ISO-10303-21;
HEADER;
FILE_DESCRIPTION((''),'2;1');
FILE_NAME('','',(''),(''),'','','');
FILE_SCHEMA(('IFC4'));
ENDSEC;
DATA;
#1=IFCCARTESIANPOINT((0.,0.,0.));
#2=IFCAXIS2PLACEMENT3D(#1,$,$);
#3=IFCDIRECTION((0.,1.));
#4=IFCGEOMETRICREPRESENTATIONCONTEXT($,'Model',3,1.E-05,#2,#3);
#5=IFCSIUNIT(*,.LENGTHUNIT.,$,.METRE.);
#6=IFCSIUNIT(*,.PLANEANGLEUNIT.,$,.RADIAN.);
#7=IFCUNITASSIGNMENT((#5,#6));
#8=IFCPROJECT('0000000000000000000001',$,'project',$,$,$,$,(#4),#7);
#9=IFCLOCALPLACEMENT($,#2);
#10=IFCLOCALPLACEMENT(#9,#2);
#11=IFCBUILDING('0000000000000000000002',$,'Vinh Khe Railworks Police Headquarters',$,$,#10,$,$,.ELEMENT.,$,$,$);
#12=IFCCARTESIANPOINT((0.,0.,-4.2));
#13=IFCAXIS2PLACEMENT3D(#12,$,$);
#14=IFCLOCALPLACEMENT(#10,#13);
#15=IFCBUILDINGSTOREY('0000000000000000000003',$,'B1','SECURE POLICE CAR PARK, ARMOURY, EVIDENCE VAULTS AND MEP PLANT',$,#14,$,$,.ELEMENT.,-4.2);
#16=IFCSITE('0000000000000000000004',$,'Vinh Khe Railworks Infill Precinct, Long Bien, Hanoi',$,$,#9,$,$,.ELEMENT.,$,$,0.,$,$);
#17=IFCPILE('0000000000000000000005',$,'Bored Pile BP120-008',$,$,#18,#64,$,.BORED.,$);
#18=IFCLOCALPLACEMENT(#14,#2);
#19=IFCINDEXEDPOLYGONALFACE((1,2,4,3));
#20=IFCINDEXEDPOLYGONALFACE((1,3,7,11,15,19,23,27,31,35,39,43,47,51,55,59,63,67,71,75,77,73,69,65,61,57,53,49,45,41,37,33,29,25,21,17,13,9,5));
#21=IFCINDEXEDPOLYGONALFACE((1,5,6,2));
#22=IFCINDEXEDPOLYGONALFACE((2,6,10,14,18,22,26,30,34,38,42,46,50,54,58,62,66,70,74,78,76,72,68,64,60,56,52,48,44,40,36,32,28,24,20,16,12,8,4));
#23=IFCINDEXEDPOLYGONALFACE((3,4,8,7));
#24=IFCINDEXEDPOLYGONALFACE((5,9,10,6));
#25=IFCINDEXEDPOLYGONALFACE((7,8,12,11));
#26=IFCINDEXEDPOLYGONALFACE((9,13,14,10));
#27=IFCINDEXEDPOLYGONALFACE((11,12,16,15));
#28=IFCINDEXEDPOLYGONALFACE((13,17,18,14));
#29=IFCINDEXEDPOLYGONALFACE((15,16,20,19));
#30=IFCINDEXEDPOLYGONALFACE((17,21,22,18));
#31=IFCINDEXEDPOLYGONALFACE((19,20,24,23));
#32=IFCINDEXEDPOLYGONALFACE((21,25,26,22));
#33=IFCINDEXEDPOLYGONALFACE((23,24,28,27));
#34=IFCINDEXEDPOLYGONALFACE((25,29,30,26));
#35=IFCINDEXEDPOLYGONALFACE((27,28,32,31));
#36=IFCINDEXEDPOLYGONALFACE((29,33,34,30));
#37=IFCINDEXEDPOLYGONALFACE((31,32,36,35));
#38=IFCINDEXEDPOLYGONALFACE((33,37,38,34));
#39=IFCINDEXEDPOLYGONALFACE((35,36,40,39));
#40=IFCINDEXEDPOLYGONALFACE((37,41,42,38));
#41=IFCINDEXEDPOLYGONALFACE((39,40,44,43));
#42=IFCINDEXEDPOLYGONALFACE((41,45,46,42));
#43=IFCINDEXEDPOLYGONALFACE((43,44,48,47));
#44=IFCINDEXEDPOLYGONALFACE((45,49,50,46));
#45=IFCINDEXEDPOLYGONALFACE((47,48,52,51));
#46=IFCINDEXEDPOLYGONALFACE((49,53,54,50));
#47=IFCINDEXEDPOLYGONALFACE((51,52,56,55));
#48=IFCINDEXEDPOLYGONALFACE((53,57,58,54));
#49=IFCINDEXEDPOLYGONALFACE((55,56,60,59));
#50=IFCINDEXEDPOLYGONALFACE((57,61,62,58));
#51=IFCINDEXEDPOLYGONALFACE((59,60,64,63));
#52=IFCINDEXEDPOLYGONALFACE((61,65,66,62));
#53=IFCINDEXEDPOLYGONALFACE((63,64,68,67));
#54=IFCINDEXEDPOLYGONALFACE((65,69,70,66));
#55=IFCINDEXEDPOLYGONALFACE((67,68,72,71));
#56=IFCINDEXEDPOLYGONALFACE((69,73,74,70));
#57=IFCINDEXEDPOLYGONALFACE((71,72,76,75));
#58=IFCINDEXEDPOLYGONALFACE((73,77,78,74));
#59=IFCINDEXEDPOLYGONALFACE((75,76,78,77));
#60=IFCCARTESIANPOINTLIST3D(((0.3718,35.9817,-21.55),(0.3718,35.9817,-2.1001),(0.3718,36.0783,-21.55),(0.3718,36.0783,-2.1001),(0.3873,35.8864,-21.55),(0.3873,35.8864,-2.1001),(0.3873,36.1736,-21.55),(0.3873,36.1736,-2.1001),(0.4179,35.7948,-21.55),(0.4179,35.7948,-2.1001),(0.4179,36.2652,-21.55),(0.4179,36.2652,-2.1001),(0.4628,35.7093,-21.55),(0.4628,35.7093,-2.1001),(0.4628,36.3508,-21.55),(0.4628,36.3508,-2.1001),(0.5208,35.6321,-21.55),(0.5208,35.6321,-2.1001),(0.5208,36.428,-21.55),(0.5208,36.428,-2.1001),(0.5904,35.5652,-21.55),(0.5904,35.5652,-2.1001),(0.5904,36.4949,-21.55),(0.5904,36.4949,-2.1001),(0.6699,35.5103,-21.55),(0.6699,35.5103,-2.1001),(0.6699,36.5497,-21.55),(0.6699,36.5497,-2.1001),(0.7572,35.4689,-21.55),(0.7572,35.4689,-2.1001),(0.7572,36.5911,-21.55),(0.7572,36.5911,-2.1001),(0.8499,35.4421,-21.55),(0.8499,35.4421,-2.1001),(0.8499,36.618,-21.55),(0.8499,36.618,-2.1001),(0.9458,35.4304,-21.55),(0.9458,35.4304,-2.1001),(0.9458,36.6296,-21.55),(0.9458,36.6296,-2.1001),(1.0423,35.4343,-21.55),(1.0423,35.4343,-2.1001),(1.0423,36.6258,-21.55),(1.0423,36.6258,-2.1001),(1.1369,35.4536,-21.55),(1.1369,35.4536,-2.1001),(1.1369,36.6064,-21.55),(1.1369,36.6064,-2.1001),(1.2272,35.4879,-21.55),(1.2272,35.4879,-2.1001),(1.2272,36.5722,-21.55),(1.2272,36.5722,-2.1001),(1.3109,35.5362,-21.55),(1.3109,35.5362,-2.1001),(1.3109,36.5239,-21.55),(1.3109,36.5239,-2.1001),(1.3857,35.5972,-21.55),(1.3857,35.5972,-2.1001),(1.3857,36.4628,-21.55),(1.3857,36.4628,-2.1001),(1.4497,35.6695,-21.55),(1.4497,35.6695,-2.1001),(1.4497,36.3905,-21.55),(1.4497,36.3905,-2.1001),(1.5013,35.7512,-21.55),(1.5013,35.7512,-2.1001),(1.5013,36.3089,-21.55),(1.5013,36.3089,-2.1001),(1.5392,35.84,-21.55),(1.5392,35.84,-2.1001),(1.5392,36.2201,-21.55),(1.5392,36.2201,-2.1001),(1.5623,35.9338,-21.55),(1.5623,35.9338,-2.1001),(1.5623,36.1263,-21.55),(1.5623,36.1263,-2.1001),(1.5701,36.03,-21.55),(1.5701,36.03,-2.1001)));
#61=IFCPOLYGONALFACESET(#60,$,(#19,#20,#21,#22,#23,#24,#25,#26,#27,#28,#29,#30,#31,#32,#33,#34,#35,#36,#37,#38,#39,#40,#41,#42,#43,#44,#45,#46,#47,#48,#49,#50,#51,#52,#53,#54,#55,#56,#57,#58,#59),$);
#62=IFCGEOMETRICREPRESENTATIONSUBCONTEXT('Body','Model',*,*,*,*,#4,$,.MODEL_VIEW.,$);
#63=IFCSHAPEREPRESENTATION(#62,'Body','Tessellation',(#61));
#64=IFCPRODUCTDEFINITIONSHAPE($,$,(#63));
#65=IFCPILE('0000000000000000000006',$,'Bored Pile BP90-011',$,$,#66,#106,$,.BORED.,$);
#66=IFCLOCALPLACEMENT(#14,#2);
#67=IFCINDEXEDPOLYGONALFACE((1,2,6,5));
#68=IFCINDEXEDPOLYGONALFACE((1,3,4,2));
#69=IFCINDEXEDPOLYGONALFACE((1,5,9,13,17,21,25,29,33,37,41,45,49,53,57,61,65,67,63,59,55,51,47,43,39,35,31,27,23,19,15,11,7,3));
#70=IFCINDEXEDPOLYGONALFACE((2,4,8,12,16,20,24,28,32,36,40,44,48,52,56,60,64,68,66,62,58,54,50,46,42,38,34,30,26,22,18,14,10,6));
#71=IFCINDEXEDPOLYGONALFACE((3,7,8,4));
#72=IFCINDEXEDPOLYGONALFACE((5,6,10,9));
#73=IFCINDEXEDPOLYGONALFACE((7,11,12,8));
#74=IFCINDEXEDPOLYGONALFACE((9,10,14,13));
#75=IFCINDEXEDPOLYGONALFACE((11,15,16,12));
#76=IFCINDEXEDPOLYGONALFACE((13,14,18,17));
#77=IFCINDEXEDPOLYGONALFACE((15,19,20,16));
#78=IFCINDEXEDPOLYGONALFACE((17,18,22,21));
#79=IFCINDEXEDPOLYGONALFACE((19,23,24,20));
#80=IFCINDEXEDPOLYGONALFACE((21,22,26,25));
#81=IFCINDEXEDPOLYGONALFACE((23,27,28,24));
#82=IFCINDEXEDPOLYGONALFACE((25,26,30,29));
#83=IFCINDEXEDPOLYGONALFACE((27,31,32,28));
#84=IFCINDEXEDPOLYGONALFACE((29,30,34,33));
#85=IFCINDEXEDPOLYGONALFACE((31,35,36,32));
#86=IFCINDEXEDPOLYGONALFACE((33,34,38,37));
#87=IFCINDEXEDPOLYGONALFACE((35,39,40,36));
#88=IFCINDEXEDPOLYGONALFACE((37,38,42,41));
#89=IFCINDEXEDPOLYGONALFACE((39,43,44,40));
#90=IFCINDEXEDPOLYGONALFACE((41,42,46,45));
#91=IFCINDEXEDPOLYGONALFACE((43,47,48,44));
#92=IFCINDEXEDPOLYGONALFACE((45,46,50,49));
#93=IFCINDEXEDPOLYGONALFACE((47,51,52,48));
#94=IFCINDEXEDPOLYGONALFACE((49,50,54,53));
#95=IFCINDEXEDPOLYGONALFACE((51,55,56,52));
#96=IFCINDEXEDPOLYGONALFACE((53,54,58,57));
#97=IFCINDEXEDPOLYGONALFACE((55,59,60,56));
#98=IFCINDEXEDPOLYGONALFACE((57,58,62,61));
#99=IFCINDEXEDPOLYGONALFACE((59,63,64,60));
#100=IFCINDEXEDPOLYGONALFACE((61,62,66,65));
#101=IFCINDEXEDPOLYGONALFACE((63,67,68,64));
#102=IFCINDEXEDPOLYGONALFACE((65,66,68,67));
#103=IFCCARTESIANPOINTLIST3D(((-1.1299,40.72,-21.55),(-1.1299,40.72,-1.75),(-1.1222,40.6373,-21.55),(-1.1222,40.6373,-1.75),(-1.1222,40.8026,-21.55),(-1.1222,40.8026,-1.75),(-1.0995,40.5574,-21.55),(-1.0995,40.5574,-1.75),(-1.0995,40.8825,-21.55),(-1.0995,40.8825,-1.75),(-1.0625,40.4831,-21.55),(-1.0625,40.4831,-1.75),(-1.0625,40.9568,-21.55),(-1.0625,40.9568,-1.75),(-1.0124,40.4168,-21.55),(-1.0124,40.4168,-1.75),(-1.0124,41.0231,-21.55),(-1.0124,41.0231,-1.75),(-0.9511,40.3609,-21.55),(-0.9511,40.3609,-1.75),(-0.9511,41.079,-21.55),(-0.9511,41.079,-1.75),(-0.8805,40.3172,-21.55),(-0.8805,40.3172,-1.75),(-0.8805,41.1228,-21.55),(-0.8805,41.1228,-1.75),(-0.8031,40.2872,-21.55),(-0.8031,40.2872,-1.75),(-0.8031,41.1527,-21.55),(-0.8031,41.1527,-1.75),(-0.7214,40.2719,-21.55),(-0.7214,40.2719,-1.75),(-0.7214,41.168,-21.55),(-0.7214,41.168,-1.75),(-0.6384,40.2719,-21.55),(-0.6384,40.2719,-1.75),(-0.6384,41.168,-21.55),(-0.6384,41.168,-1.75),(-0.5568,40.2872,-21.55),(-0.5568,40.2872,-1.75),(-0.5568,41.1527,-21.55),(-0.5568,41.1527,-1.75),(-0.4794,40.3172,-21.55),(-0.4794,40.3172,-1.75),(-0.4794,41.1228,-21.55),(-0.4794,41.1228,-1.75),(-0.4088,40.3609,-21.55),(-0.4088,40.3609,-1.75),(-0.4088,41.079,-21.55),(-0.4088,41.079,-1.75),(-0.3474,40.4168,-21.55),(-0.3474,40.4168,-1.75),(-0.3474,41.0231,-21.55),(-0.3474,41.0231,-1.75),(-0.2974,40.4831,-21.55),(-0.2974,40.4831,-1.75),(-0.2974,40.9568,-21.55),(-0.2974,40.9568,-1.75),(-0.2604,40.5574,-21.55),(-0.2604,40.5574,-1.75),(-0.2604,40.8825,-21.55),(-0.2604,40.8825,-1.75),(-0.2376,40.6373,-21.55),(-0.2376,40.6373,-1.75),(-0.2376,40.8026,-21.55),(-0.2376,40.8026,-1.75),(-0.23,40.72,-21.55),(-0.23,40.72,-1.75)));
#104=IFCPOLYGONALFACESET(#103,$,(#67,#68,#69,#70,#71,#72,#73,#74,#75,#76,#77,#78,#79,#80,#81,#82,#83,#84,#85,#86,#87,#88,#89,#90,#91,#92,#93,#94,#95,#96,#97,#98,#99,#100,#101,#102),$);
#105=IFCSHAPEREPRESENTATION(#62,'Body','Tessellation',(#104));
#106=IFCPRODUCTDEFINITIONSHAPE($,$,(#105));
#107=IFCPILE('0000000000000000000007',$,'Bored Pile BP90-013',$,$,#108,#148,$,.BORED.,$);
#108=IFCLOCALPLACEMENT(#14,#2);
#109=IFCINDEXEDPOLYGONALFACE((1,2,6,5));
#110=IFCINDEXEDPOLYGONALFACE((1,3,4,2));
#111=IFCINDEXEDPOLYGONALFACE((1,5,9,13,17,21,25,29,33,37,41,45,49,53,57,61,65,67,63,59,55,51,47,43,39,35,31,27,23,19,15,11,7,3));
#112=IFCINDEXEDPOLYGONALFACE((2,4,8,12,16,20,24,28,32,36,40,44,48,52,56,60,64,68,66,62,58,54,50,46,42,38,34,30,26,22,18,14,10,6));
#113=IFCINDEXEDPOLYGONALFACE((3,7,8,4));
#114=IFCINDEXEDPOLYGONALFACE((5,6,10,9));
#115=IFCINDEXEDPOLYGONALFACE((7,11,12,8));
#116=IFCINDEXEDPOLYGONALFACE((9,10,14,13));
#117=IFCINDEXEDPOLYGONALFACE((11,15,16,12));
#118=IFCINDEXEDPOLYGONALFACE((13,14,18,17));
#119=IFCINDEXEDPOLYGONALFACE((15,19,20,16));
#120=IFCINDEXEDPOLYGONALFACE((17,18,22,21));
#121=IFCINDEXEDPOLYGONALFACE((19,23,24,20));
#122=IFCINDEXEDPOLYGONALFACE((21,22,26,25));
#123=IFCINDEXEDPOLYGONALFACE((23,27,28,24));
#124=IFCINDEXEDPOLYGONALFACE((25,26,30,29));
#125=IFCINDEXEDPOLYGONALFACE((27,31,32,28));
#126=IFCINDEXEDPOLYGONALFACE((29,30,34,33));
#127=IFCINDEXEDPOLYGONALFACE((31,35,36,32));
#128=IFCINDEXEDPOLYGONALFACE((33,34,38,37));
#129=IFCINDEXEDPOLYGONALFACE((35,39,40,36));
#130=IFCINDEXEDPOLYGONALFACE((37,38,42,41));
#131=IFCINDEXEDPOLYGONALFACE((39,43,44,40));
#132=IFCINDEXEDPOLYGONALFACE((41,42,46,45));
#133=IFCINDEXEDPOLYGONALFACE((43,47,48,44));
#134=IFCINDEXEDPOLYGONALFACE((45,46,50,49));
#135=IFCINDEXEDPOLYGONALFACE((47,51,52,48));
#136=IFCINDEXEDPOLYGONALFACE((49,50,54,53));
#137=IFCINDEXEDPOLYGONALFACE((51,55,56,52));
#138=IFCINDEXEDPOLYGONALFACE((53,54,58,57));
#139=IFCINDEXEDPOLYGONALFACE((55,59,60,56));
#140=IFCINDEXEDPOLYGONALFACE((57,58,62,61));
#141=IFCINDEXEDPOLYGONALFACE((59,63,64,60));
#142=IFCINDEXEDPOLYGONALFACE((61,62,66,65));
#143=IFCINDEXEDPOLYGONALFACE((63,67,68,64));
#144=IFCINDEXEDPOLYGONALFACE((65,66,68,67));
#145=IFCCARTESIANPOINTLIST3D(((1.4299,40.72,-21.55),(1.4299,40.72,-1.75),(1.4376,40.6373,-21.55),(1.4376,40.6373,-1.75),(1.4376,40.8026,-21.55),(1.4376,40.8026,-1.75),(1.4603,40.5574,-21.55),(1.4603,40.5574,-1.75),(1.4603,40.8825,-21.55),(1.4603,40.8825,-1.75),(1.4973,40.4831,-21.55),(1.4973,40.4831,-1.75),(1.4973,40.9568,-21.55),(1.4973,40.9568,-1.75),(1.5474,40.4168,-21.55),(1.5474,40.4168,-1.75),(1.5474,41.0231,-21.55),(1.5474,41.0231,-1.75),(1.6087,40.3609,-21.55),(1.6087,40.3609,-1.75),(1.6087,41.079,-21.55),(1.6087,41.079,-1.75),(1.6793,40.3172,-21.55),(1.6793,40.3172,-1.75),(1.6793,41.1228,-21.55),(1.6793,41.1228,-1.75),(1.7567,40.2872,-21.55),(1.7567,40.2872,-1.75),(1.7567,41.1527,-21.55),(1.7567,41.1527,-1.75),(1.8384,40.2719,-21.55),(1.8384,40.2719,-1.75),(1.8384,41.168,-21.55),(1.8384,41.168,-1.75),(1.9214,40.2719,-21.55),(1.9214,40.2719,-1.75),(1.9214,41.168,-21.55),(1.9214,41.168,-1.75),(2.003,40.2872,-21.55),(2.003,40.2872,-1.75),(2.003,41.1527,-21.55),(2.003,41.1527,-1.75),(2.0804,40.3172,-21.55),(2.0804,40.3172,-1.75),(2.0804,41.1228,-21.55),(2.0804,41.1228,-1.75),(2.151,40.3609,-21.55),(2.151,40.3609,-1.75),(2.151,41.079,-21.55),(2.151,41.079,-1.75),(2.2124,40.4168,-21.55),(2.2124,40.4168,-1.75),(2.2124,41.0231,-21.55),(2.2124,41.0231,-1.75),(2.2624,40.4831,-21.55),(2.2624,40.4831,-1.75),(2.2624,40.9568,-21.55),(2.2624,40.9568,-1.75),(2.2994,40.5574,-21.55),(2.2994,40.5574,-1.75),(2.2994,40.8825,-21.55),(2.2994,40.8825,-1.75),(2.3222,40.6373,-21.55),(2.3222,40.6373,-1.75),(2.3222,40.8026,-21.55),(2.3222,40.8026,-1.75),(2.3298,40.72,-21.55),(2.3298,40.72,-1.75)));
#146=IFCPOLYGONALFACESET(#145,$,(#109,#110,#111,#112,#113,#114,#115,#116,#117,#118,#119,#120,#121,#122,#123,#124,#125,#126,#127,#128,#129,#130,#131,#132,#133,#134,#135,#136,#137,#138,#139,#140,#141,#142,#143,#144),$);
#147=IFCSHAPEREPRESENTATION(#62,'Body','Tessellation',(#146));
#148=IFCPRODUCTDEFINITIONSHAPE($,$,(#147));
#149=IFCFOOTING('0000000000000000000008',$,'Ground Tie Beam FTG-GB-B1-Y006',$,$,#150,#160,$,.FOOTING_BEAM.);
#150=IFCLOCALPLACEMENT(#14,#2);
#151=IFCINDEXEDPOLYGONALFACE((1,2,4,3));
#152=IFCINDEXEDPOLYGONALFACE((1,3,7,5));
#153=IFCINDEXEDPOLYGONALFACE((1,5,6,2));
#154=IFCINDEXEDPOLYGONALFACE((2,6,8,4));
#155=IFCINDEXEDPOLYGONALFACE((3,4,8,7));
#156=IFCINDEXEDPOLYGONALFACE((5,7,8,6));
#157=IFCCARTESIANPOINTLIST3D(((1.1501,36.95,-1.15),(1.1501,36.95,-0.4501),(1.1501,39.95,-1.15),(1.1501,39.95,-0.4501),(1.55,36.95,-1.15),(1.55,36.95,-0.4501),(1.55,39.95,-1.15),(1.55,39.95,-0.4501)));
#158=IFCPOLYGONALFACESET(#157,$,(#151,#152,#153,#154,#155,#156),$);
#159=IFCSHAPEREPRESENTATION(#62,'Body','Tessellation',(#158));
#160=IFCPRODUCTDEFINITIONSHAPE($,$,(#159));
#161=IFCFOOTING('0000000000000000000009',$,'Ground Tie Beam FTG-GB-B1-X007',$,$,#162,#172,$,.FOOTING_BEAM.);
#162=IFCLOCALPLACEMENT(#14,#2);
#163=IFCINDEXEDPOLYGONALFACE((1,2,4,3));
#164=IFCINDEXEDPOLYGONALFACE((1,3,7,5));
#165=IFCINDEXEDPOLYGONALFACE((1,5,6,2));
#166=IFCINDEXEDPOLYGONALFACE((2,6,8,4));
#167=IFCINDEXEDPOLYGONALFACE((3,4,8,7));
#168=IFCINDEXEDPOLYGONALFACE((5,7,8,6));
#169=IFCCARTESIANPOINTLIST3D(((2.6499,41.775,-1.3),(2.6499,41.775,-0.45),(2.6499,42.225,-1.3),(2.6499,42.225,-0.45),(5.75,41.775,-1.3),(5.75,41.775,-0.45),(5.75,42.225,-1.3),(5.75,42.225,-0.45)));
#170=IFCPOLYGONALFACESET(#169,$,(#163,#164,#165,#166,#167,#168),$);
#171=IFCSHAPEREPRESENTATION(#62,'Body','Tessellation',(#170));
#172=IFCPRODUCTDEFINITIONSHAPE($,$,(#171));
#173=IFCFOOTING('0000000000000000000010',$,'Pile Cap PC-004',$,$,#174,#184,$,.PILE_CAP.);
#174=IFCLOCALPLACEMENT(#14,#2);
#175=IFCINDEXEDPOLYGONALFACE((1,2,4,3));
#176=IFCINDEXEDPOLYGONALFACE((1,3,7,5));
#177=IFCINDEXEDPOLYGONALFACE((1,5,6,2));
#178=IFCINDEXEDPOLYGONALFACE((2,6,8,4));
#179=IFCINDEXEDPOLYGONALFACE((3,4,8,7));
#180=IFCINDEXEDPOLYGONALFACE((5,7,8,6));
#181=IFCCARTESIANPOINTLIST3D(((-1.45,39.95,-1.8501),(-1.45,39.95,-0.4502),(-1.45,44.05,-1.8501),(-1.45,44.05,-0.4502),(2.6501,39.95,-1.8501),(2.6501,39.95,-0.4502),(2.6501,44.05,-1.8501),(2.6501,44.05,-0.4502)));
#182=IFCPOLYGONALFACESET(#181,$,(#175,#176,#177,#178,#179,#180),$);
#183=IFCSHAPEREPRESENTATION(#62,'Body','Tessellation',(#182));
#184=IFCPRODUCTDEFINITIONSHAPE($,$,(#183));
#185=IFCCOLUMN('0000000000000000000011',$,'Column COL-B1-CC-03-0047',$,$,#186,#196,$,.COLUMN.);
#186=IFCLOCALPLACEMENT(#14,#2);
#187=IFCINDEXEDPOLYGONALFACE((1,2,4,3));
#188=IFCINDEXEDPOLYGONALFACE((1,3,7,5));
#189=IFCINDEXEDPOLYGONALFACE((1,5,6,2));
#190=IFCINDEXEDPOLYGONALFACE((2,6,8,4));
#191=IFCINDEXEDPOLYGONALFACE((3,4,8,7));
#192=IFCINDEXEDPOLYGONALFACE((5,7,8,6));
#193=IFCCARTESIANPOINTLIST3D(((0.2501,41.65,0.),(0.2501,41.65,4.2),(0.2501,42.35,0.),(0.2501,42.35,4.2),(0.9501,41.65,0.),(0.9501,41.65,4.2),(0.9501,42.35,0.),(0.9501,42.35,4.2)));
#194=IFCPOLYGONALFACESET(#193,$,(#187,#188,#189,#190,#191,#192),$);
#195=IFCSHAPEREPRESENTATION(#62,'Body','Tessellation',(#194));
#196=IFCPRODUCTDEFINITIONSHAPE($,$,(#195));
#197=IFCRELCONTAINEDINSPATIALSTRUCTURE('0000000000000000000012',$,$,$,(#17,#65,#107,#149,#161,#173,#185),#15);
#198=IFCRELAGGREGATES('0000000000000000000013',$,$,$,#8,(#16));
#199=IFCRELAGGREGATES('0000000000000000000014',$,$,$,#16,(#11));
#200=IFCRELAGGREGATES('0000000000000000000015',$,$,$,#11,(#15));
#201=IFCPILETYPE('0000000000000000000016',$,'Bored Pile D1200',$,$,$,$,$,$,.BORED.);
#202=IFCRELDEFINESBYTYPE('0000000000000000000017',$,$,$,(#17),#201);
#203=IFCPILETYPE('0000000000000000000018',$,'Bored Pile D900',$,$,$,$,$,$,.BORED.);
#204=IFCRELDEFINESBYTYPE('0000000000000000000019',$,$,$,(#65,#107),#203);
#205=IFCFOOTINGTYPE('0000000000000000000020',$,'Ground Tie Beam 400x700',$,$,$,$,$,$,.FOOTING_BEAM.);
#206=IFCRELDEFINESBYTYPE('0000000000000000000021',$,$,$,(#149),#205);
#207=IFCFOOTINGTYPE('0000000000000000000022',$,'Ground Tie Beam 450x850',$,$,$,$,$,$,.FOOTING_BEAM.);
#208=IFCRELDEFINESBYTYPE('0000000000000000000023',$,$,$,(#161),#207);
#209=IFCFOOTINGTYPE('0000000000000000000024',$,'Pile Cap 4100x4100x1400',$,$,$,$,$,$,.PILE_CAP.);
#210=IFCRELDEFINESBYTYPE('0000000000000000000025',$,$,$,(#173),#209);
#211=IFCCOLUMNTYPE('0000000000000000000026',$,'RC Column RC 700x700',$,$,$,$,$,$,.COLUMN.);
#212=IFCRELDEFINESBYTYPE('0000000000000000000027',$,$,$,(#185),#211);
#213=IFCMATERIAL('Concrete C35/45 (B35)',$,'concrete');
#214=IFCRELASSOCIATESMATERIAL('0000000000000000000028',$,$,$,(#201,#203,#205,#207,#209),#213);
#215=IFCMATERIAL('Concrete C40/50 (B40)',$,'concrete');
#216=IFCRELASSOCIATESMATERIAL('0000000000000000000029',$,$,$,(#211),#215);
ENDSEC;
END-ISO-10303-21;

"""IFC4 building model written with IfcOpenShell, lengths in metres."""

from ifc_helpers import new_model, si_unit, direction, frame, origin, origin_2d, place, context, subcontext, project, spatial, rectangle, circle, extrude, material, material_profile, profile_set, type_object, element, save


model = new_model("IFC4")

# Units and contexts
model_context = context("Model", 3, precision=1e-05, world=origin(), true_north=direction((0.0, 1.0)))
body_context = subcontext(model_context, "Body", "Model", "MODEL_VIEW")
ifc_project = project(units=[si_unit("LENGTHUNIT", "METRE"), si_unit("PLANEANGLEUNIT", "RADIAN")], contexts=[model_context])

# Site, building, storey
site_placement = place(None, origin())
site = spatial("IfcSite", under=ifc_project, at=site_placement, Name="Vinh Khe Railworks Infill Precinct, Long Bien, Hanoi", CompositionType="ELEMENT", RefElevation=0.0)
building_placement = place(site_placement, origin())
building = spatial("IfcBuilding", under=site, at=building_placement, Name="Vinh Khe Railworks Police Headquarters", CompositionType="ELEMENT")
storey_placement = place(building_placement, frame((0.0, 0.0, -4.2)))
storey = spatial("IfcBuildingStorey", under=building, at=storey_placement, Name="B1", Description="SECURE POLICE CAR PARK, ARMOURY, EVIDENCE VAULTS AND MEP PLANT", CompositionType="ELEMENT", Elevation=-4.2)

# Piles
ifc_material_1 = material(Name="Concrete C35/45 (B35)", Category="concrete")
ifc_material_profile_1 = material_profile(ifc_material_1, circle(Radius=0.6001, at=origin_2d()), Name="BORED PILE D1200")
ifc_profile_set_1 = profile_set([ifc_material_profile_1], Name="Concrete C35/45 (B35)")
pile_type_1 = type_object("IfcPileType", Name="Bored Pile D1200", PredefinedType="BORED", material=ifc_profile_set_1)
pile_placement = place(storey_placement, frame((0.97, 36.03, -2.1001), z_axis=(0.0, 0.0, -1.0), x_axis=(1.0, 0.0, 0.0)))
element("IfcPile", 1, at=pile_placement, inside=storey, type_object=pile_type_1, Name="Bored Pile BP120-008", PredefinedType="BORED", context=body_context, shape_type="SweptSolid", body=[
    extrude(circle(Radius=0.6001, at=origin_2d()), origin(), (0.0, 0.0, 1.0), 19.45),
])
ifc_material_profile_2 = material_profile(ifc_material_1, circle(Radius=0.45, at=origin_2d()), Name="BORED PILE D900")
ifc_profile_set_2 = profile_set([ifc_material_profile_2], Name="Concrete C35/45 (B35)")
pile_type_2 = type_object("IfcPileType", Name="Bored Pile D900", PredefinedType="BORED", material=ifc_profile_set_2)
for number, where, z_axis, x_axis, name in (
    (2, (-0.6799, 40.72, -1.75), (0.0, 0.0, -1.0), (1.0, 0.0, 0.0), "Bored Pile BP90-011"),
    (3, (1.8799, 40.72, -1.75), (0.0, 0.0, -1.0), (1.0, 0.0, 0.0), "Bored Pile BP90-013"),
):
    element("IfcPile", number, at=place(storey_placement, frame(where, z_axis=z_axis, x_axis=x_axis)), inside=storey, type_object=pile_type_2, Name=name, PredefinedType="BORED", context=body_context, shape_type="SweptSolid", body=[
        extrude(circle(Radius=0.45, at=origin_2d()), origin(), (0.0, 0.0, 1.0), 19.8),
    ])

# Footings
ifc_material_profile_3 = material_profile(ifc_material_1, rectangle(XDim=0.3999, YDim=0.7, at=origin_2d()), Name="RC 400x700")
ifc_profile_set_3 = profile_set([ifc_material_profile_3], Name="Concrete C35/45 (B35)")
footing_type_1 = type_object("IfcFootingType", Name="Ground Tie Beam 400x700", PredefinedType="FOOTING_BEAM", material=ifc_profile_set_3)
footing_1_placement = place(storey_placement, frame((1.3501, 36.95, -0.8), z_axis=(0.0, 1.0, 0.0), x_axis=(-1.0, 0.0, 0.0)))
element("IfcFooting", 4, at=footing_1_placement, inside=storey, type_object=footing_type_1, Name="Ground Tie Beam FTG-GB-B1-Y006", PredefinedType="FOOTING_BEAM", context=body_context, shape_type="SweptSolid", body=[
    extrude(rectangle(XDim=0.3999, YDim=0.7, at=origin_2d()), origin(), (0.0, 0.0, 1.0), 3.0),
])
ifc_material_profile_4 = material_profile(ifc_material_1, rectangle(XDim=0.45, YDim=0.8501, at=origin_2d()), Name="RC 450x850")
ifc_profile_set_4 = profile_set([ifc_material_profile_4], Name="Concrete C35/45 (B35)")
footing_type_2 = type_object("IfcFootingType", Name="Ground Tie Beam 450x850", PredefinedType="FOOTING_BEAM", material=ifc_profile_set_4)
footing_2_placement = place(storey_placement, frame((2.6499, 42.0, -0.875), z_axis=(1.0, 0.0, 0.0), x_axis=(0.0, 1.0, 0.0)))
element("IfcFooting", 5, at=footing_2_placement, inside=storey, type_object=footing_type_2, Name="Ground Tie Beam FTG-GB-B1-X007", PredefinedType="FOOTING_BEAM", context=body_context, shape_type="SweptSolid", body=[
    extrude(rectangle(XDim=0.45, YDim=0.8501, at=origin_2d()), origin(), (0.0, 0.0, 1.0), 3.1001),
])
footing_type_3 = type_object("IfcFootingType", Name="Pile Cap 4100x4100x1400", PredefinedType="PILE_CAP", material=ifc_material_1)
footing_3_placement = place(storey_placement, frame((0.6001, 42.0, -1.8501), z_axis=(0.0, 0.0, 1.0), x_axis=(1.0, 0.0, 0.0)))
element("IfcFooting", 6, at=footing_3_placement, inside=storey, type_object=footing_type_3, Name="Pile Cap PC-004", PredefinedType="PILE_CAP", context=body_context, shape_type="SweptSolid", body=[
    extrude(rectangle(XDim=4.1001, YDim=4.1001, at=origin_2d()), origin(), (0.0, 0.0, 1.0), 1.3999),
])

# Column
ifc_material_2 = material(Name="Concrete C40/50 (B40)", Category="concrete")
ifc_material_profile_5 = material_profile(ifc_material_2, rectangle(XDim=0.7, YDim=0.7, at=origin_2d()), Name="RC 700x700")
ifc_profile_set_5 = profile_set([ifc_material_profile_5], Name="Concrete C40/50 (B40)")
column_type_1 = type_object("IfcColumnType", Name="RC Column RC 700x700", PredefinedType="COLUMN", material=ifc_profile_set_5)
column_1_placement = place(storey_placement, frame((0.6001, 42.0, 0.0), z_axis=(0.0, 0.0, 1.0), x_axis=(1.0, 0.0, 0.0)))
element("IfcColumn", 7, at=column_1_placement, inside=storey, type_object=column_type_1, Name="Column COL-B1-CC-03-0047", PredefinedType="COLUMN", context=body_context, shape_type="SweptSolid", body=[
    extrude(rectangle(XDim=0.7, YDim=0.7, at=origin_2d()), origin(), (0.0, 0.0, 1.0), 4.2),
])

save(model, "model.ifc")
